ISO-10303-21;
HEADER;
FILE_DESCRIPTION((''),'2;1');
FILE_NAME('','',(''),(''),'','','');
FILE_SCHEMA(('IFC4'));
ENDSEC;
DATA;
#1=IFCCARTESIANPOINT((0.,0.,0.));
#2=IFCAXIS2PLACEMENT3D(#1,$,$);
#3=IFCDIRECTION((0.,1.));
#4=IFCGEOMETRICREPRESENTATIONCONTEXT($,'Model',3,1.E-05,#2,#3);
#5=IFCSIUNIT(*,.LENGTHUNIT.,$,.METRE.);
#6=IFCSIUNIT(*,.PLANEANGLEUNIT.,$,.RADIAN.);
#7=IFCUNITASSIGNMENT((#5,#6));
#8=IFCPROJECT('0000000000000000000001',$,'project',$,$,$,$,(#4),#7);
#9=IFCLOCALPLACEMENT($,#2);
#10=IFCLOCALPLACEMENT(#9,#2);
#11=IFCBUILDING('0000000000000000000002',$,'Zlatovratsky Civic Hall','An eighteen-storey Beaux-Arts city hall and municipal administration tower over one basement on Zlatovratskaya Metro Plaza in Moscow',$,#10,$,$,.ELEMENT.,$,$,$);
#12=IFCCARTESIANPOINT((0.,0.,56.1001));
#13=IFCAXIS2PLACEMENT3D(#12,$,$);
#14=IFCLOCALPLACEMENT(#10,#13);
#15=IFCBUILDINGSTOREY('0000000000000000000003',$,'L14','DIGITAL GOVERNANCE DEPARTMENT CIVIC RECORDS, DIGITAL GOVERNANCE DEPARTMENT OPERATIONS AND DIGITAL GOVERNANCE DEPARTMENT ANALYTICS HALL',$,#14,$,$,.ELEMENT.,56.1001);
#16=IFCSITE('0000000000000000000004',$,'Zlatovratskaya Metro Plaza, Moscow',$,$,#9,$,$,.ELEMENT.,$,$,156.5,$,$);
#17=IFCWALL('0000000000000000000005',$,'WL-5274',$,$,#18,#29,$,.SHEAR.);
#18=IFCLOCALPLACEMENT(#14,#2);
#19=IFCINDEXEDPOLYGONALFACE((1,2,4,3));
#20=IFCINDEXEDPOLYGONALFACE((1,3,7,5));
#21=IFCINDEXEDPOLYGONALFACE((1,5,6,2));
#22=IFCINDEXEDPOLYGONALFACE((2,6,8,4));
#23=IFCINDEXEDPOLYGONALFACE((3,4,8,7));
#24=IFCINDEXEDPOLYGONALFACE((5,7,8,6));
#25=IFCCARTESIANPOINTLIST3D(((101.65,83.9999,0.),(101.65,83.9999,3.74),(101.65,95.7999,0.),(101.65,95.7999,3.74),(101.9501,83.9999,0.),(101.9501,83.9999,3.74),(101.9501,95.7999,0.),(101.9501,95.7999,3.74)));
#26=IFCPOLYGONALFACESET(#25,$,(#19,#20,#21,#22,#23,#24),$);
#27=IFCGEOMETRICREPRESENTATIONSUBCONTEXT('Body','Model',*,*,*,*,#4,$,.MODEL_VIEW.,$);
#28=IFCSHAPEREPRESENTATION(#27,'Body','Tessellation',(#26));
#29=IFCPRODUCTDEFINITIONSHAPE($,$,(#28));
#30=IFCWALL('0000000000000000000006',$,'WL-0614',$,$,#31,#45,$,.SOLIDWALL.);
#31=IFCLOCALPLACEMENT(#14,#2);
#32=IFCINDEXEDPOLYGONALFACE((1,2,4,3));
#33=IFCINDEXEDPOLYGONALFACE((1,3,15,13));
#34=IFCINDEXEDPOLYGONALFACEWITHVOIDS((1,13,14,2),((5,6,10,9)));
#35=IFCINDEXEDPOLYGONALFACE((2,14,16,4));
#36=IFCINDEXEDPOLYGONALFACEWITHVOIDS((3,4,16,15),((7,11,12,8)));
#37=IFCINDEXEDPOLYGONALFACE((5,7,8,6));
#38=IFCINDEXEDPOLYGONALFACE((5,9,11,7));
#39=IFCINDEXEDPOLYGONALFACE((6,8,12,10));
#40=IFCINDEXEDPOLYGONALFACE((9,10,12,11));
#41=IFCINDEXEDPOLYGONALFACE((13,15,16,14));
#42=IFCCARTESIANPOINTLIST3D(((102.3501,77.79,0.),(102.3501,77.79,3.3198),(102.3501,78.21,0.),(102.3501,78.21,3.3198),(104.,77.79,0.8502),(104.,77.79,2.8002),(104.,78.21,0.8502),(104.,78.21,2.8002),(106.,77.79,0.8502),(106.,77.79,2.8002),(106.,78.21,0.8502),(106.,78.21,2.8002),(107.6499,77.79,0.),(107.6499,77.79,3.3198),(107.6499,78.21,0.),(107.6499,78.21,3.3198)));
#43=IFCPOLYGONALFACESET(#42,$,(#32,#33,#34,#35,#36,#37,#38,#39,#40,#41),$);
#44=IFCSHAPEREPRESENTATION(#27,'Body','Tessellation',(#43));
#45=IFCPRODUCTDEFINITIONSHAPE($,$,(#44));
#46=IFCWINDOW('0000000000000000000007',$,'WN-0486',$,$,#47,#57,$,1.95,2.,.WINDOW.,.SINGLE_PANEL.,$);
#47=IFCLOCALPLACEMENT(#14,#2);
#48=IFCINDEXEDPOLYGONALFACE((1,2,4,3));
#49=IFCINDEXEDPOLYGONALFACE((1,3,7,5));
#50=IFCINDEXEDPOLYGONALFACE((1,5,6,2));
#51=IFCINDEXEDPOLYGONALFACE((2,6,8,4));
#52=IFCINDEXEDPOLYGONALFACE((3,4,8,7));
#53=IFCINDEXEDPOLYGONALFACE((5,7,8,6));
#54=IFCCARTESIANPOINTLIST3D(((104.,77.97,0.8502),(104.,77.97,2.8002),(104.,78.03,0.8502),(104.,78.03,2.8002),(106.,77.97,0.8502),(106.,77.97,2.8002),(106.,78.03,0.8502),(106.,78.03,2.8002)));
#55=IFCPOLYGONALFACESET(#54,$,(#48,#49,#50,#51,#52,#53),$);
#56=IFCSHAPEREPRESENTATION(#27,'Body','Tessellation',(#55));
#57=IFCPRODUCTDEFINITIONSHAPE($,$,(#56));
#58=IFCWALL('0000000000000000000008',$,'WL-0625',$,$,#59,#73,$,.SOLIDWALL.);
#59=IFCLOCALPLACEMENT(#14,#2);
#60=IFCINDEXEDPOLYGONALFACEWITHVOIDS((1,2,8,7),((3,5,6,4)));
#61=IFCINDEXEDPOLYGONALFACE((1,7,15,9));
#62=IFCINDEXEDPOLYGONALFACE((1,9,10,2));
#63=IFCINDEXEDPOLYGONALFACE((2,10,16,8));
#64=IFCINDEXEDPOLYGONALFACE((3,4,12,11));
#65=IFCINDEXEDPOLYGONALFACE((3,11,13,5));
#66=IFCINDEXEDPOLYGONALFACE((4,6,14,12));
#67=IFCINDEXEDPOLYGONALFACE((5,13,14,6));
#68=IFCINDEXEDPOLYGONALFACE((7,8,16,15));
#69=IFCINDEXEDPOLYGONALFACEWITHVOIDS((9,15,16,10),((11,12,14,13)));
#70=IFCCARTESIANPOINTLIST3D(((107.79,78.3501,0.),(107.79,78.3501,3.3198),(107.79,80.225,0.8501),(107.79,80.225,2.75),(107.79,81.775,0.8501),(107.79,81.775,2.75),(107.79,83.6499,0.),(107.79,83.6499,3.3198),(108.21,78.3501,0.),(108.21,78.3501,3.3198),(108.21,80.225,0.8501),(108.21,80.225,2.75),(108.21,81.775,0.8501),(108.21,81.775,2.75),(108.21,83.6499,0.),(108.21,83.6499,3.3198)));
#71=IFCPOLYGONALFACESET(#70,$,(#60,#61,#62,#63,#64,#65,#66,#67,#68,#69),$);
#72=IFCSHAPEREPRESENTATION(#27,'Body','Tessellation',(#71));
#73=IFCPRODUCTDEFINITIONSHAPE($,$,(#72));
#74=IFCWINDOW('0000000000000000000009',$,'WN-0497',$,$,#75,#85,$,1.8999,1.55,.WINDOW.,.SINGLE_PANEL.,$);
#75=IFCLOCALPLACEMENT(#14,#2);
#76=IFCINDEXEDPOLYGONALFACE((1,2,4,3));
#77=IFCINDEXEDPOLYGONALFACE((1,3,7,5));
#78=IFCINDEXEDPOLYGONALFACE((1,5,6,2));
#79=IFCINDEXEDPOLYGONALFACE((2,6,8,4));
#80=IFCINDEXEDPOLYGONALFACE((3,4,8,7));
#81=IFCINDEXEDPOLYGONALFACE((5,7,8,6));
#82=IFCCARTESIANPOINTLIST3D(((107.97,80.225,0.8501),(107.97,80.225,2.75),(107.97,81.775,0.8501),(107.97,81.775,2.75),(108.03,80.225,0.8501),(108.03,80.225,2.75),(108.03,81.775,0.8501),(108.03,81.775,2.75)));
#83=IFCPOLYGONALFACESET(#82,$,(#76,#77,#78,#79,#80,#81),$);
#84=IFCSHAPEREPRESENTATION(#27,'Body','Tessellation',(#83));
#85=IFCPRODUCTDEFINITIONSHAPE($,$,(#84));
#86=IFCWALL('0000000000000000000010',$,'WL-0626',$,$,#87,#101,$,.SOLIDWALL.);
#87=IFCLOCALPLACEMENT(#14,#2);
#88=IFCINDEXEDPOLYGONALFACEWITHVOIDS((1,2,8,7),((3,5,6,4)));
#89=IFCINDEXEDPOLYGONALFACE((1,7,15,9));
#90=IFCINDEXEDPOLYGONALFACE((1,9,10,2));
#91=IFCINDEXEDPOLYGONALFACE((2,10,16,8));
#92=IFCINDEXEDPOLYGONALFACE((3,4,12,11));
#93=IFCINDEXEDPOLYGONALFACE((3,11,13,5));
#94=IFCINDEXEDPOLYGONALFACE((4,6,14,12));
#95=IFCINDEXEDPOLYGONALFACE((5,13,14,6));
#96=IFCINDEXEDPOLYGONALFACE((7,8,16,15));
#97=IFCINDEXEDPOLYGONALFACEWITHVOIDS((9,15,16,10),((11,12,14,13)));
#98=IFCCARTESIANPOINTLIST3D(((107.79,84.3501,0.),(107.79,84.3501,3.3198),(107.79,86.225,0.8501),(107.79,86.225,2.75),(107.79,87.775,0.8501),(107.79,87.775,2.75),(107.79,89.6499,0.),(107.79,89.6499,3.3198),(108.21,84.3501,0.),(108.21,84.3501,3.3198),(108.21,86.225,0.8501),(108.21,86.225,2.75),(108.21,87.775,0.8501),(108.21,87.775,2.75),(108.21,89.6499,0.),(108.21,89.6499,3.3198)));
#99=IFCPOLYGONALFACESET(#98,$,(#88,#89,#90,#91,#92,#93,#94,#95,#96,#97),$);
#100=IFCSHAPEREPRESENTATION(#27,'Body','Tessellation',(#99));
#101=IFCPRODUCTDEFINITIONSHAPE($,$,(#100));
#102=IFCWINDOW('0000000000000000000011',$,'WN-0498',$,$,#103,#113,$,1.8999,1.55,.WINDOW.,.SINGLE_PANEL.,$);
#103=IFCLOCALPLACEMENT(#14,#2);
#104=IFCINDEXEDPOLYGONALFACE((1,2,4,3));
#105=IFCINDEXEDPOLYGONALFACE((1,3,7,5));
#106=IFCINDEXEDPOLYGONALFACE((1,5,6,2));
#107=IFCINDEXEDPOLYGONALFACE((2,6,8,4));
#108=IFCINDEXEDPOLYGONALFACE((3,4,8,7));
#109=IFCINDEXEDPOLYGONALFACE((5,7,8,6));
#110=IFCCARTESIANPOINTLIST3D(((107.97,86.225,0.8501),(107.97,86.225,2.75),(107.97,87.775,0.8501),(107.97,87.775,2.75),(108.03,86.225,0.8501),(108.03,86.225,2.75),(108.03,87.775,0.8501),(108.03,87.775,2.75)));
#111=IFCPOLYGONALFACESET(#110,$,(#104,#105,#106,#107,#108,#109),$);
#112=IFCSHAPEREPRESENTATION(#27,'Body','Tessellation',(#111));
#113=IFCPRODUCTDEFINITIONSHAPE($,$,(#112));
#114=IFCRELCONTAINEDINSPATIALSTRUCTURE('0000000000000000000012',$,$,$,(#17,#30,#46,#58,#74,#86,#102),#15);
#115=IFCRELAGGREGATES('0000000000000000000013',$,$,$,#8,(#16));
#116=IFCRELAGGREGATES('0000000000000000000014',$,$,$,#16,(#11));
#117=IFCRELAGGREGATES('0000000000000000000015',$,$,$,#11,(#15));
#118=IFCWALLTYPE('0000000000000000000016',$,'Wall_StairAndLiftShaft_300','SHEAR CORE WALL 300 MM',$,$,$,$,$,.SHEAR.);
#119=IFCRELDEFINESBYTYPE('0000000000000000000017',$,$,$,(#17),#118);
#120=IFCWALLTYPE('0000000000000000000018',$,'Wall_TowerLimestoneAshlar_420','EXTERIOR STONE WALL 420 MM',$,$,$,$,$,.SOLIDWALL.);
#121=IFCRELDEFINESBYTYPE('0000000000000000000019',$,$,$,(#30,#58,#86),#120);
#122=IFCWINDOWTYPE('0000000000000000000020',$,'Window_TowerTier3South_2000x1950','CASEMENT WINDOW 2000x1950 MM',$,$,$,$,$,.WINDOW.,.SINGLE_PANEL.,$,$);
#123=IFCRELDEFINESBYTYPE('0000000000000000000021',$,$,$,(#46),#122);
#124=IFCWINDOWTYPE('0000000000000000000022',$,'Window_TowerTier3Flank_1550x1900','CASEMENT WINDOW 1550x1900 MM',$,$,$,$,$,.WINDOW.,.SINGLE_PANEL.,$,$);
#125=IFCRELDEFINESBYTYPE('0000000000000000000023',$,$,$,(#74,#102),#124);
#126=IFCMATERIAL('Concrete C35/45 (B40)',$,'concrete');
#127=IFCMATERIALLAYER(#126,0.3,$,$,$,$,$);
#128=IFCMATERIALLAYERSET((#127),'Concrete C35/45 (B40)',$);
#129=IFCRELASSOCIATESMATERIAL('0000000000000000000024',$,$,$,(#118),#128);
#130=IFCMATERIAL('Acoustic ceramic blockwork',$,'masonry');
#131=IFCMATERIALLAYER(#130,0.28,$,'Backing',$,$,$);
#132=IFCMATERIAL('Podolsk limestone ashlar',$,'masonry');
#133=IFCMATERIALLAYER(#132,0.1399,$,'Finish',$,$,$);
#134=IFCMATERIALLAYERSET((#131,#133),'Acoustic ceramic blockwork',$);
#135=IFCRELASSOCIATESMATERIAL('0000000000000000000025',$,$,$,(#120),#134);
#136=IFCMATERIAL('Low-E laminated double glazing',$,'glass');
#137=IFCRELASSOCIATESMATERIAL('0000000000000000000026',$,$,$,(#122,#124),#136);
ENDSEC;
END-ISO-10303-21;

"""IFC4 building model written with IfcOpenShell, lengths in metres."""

from ifc_helpers import new_model, si_unit, direction, frame, frame_2d, origin, place, context, subcontext, project, spatial, rectangle, extrude, material, layer, layer_set, type_object, element, fill, save


model = new_model("IFC4")

# Units and contexts
model_context = context("Model", 3, precision=1e-05, world=origin(), true_north=direction((0.0, 1.0)))
body_context = subcontext(model_context, "Body", "Model", "MODEL_VIEW")
ifc_project = project(units=[si_unit("LENGTHUNIT", "METRE"), si_unit("PLANEANGLEUNIT", "RADIAN")], contexts=[model_context])

# Site, building, storey
site_placement = place(None, origin())
site = spatial("IfcSite", under=ifc_project, at=site_placement, Name="Zlatovratskaya Metro Plaza, Moscow", CompositionType="ELEMENT", RefElevation=156.5)
building_placement = place(site_placement, origin())
building = spatial("IfcBuilding", under=site, at=building_placement, Name="Zlatovratsky Civic Hall", Description="An eighteen-storey Beaux-Arts city hall and municipal administration tower over one basement on Zlatovratskaya Metro Plaza in Moscow", CompositionType="ELEMENT")
storey_placement = place(building_placement, frame((0.0, 0.0, 56.1001)))
storey = spatial("IfcBuildingStorey", under=building, at=storey_placement, Name="L14", Description="DIGITAL GOVERNANCE DEPARTMENT CIVIC RECORDS, DIGITAL GOVERNANCE DEPARTMENT OPERATIONS AND DIGITAL GOVERNANCE DEPARTMENT ANALYTICS HALL", CompositionType="ELEMENT", Elevation=56.1001)

# Shared definitions
ifc_material_1 = material(Name="Concrete C35/45 (B40)", Category="concrete")

# Wall
ifc_layer_1 = layer(ifc_material_1, 0.3)
ifc_layer_set_1 = layer_set([ifc_layer_1], Name="Concrete C35/45 (B40)")
wall_type_1 = type_object("IfcWallType", Name="Wall_StairAndLiftShaft_300", Description="SHEAR CORE WALL 300 MM", PredefinedType="SHEAR", material=ifc_layer_set_1)
wall_1_placement = place(storey_placement, frame((101.8, 84.0, 0.0), z_axis=(0.0, 0.0, 1.0), x_axis=(0.0, 1.0, 0.0)))
element("IfcWall", 1, at=wall_1_placement, inside=storey, type_object=wall_type_1, Name="WL-5274", PredefinedType="SHEAR", context=body_context, shape_type="SweptSolid", body=[
    extrude(rectangle(XDim=11.8, YDim=0.3, at=frame_2d((5.8999, 0.0))), origin(), (0.0, 0.0, 1.0), 3.74),
])

# Walls, openings, windows
ifc_material_2 = material(Name="Acoustic ceramic blockwork", Category="masonry")
ifc_layer_2 = layer(ifc_material_2, 0.28, Name="Backing")
ifc_material_3 = material(Name="Podolsk limestone ashlar", Category="masonry")
ifc_layer_3 = layer(ifc_material_3, 0.1399, Name="Finish")
ifc_layer_set_2 = layer_set([ifc_layer_2, ifc_layer_3], Name="Acoustic ceramic blockwork")
wall_type_2 = type_object("IfcWallType", Name="Wall_TowerLimestoneAshlar_420", Description="EXTERIOR STONE WALL 420 MM", PredefinedType="SOLIDWALL", material=ifc_layer_set_2)
wall_2_placement = place(storey_placement, frame((102.3501, 78.0, 0.0), z_axis=(0.0, 0.0, 1.0), x_axis=(1.0, 0.0, 0.0)))
wall_2 = element("IfcWall", 2, at=wall_2_placement, inside=storey, type_object=wall_type_2, Name="WL-0614", PredefinedType="SOLIDWALL", context=body_context, shape_type="SweptSolid", body=[
    extrude(rectangle(XDim=5.2998, YDim=0.4199, at=frame_2d((2.6499, 0.0))), origin(), (0.0, 0.0, 1.0), 3.3198),
])
opening_1_placement = place(wall_2_placement, frame((1.6499, 0.0, 0.8501)))
opening_1 = element("IfcOpeningElement", 3, at=opening_1_placement, cuts=wall_2, PredefinedType="OPENING", context=body_context, shape_type="SweptSolid", body=[
    extrude(rectangle(XDim=2.0, YDim=1.95, at=frame_2d((1.0, 0.9751))), frame((0.0, 0.2249, 0.0), z_axis=(0.0, -1.0, 0.0), x_axis=(1.0, 0.0, 0.0)), (0.0, 0.0, 1.0), 0.4497),
])
ifc_material_4 = material(Name="Low-E laminated double glazing", Category="glass")
window_type_1 = type_object("IfcWindowType", Name="Window_TowerTier3South_2000x1950", Description="CASEMENT WINDOW 2000x1950 MM", PartitioningType="SINGLE_PANEL", PredefinedType="WINDOW", material=ifc_material_4)
window_1_placement = place(opening_1_placement, origin())
window_1 = element("IfcWindow", 4, at=window_1_placement, inside=storey, type_object=window_type_1, Name="WN-0486", OverallHeight=1.95, OverallWidth=2.0, PartitioningType="SINGLE_PANEL", PredefinedType="WINDOW", context=body_context, shape_type="SweptSolid", body=[
    extrude(rectangle(XDim=2.0, YDim=1.95, at=frame_2d((1.0, 0.9751))), frame((0.0, 0.03, 0.0), z_axis=(0.0, -1.0, 0.0), x_axis=(1.0, 0.0, 0.0)), (0.0, 0.0, 1.0), 0.0601),
])
fill(opening_1, window_1)
wall_3_placement = place(storey_placement, frame((108.0, 78.3501, 0.0), z_axis=(0.0, 0.0, 1.0), x_axis=(0.0, 1.0, 0.0)))
wall_3 = element("IfcWall", 5, at=wall_3_placement, inside=storey, type_object=wall_type_2, Name="WL-0625", PredefinedType="SOLIDWALL", context=body_context, shape_type="SweptSolid", body=[
    extrude(rectangle(XDim=5.2998, YDim=0.4199, at=frame_2d((2.6499, 0.0))), origin(), (0.0, 0.0, 1.0), 3.3198),
])
opening_2_placement = place(wall_3_placement, frame((1.875, 0.0, 0.8501)))
opening_2 = element("IfcOpeningElement", 6, at=opening_2_placement, cuts=wall_3, PredefinedType="OPENING", context=body_context, shape_type="SweptSolid", body=[
    extrude(rectangle(XDim=1.55, YDim=1.8999, at=frame_2d((0.7749, 0.95))), frame((0.0, 0.2249, 0.0), z_axis=(0.0, -1.0, 0.0), x_axis=(1.0, 0.0, 0.0)), (0.0, 0.0, 1.0), 0.4497),
])
window_type_2 = type_object("IfcWindowType", Name="Window_TowerTier3Flank_1550x1900", Description="CASEMENT WINDOW 1550x1900 MM", PartitioningType="SINGLE_PANEL", PredefinedType="WINDOW", material=ifc_material_4)
window_2_placement = place(opening_2_placement, origin())
window_2 = element("IfcWindow", 7, at=window_2_placement, inside=storey, type_object=window_type_2, Name="WN-0497", OverallHeight=1.8999, OverallWidth=1.55, PartitioningType="SINGLE_PANEL", PredefinedType="WINDOW", context=body_context, shape_type="SweptSolid", body=[
    extrude(rectangle(XDim=1.55, YDim=1.8999, at=frame_2d((0.7749, 0.95))), frame((0.0, 0.03, 0.0), z_axis=(0.0, -1.0, 0.0), x_axis=(1.0, 0.0, 0.0)), (0.0, 0.0, 1.0), 0.0601),
])
fill(opening_2, window_2)
wall_4_placement = place(storey_placement, frame((108.0, 84.3501, 0.0), z_axis=(0.0, 0.0, 1.0), x_axis=(0.0, 1.0, 0.0)))
wall_4 = element("IfcWall", 8, at=wall_4_placement, inside=storey, type_object=wall_type_2, Name="WL-0626", PredefinedType="SOLIDWALL", context=body_context, shape_type="SweptSolid", body=[
    extrude(rectangle(XDim=5.2998, YDim=0.4199, at=frame_2d((2.6499, 0.0))), origin(), (0.0, 0.0, 1.0), 3.3198),
])
opening_3_placement = place(wall_4_placement, frame((1.875, 0.0, 0.8501)))
opening_3 = element("IfcOpeningElement", 9, at=opening_3_placement, cuts=wall_4, PredefinedType="OPENING", context=body_context, shape_type="SweptSolid", body=[
    extrude(rectangle(XDim=1.55, YDim=1.8999, at=frame_2d((0.7749, 0.95))), frame((0.0, 0.2249, 0.0), z_axis=(0.0, -1.0, 0.0), x_axis=(1.0, 0.0, 0.0)), (0.0, 0.0, 1.0), 0.4497),
])
window_3_placement = place(opening_3_placement, origin())
window_3 = element("IfcWindow", 10, at=window_3_placement, inside=storey, type_object=window_type_2, Name="WN-0498", OverallHeight=1.8999, OverallWidth=1.55, PartitioningType="SINGLE_PANEL", PredefinedType="WINDOW", context=body_context, shape_type="SweptSolid", body=[
    extrude(rectangle(XDim=1.55, YDim=1.8999, at=frame_2d((0.7749, 0.95))), frame((0.0, 0.03, 0.0), z_axis=(0.0, -1.0, 0.0), x_axis=(1.0, 0.0, 0.0)), (0.0, 0.0, 1.0), 0.0601),
])
fill(opening_3, window_3)

save(model, "model.ifc")
